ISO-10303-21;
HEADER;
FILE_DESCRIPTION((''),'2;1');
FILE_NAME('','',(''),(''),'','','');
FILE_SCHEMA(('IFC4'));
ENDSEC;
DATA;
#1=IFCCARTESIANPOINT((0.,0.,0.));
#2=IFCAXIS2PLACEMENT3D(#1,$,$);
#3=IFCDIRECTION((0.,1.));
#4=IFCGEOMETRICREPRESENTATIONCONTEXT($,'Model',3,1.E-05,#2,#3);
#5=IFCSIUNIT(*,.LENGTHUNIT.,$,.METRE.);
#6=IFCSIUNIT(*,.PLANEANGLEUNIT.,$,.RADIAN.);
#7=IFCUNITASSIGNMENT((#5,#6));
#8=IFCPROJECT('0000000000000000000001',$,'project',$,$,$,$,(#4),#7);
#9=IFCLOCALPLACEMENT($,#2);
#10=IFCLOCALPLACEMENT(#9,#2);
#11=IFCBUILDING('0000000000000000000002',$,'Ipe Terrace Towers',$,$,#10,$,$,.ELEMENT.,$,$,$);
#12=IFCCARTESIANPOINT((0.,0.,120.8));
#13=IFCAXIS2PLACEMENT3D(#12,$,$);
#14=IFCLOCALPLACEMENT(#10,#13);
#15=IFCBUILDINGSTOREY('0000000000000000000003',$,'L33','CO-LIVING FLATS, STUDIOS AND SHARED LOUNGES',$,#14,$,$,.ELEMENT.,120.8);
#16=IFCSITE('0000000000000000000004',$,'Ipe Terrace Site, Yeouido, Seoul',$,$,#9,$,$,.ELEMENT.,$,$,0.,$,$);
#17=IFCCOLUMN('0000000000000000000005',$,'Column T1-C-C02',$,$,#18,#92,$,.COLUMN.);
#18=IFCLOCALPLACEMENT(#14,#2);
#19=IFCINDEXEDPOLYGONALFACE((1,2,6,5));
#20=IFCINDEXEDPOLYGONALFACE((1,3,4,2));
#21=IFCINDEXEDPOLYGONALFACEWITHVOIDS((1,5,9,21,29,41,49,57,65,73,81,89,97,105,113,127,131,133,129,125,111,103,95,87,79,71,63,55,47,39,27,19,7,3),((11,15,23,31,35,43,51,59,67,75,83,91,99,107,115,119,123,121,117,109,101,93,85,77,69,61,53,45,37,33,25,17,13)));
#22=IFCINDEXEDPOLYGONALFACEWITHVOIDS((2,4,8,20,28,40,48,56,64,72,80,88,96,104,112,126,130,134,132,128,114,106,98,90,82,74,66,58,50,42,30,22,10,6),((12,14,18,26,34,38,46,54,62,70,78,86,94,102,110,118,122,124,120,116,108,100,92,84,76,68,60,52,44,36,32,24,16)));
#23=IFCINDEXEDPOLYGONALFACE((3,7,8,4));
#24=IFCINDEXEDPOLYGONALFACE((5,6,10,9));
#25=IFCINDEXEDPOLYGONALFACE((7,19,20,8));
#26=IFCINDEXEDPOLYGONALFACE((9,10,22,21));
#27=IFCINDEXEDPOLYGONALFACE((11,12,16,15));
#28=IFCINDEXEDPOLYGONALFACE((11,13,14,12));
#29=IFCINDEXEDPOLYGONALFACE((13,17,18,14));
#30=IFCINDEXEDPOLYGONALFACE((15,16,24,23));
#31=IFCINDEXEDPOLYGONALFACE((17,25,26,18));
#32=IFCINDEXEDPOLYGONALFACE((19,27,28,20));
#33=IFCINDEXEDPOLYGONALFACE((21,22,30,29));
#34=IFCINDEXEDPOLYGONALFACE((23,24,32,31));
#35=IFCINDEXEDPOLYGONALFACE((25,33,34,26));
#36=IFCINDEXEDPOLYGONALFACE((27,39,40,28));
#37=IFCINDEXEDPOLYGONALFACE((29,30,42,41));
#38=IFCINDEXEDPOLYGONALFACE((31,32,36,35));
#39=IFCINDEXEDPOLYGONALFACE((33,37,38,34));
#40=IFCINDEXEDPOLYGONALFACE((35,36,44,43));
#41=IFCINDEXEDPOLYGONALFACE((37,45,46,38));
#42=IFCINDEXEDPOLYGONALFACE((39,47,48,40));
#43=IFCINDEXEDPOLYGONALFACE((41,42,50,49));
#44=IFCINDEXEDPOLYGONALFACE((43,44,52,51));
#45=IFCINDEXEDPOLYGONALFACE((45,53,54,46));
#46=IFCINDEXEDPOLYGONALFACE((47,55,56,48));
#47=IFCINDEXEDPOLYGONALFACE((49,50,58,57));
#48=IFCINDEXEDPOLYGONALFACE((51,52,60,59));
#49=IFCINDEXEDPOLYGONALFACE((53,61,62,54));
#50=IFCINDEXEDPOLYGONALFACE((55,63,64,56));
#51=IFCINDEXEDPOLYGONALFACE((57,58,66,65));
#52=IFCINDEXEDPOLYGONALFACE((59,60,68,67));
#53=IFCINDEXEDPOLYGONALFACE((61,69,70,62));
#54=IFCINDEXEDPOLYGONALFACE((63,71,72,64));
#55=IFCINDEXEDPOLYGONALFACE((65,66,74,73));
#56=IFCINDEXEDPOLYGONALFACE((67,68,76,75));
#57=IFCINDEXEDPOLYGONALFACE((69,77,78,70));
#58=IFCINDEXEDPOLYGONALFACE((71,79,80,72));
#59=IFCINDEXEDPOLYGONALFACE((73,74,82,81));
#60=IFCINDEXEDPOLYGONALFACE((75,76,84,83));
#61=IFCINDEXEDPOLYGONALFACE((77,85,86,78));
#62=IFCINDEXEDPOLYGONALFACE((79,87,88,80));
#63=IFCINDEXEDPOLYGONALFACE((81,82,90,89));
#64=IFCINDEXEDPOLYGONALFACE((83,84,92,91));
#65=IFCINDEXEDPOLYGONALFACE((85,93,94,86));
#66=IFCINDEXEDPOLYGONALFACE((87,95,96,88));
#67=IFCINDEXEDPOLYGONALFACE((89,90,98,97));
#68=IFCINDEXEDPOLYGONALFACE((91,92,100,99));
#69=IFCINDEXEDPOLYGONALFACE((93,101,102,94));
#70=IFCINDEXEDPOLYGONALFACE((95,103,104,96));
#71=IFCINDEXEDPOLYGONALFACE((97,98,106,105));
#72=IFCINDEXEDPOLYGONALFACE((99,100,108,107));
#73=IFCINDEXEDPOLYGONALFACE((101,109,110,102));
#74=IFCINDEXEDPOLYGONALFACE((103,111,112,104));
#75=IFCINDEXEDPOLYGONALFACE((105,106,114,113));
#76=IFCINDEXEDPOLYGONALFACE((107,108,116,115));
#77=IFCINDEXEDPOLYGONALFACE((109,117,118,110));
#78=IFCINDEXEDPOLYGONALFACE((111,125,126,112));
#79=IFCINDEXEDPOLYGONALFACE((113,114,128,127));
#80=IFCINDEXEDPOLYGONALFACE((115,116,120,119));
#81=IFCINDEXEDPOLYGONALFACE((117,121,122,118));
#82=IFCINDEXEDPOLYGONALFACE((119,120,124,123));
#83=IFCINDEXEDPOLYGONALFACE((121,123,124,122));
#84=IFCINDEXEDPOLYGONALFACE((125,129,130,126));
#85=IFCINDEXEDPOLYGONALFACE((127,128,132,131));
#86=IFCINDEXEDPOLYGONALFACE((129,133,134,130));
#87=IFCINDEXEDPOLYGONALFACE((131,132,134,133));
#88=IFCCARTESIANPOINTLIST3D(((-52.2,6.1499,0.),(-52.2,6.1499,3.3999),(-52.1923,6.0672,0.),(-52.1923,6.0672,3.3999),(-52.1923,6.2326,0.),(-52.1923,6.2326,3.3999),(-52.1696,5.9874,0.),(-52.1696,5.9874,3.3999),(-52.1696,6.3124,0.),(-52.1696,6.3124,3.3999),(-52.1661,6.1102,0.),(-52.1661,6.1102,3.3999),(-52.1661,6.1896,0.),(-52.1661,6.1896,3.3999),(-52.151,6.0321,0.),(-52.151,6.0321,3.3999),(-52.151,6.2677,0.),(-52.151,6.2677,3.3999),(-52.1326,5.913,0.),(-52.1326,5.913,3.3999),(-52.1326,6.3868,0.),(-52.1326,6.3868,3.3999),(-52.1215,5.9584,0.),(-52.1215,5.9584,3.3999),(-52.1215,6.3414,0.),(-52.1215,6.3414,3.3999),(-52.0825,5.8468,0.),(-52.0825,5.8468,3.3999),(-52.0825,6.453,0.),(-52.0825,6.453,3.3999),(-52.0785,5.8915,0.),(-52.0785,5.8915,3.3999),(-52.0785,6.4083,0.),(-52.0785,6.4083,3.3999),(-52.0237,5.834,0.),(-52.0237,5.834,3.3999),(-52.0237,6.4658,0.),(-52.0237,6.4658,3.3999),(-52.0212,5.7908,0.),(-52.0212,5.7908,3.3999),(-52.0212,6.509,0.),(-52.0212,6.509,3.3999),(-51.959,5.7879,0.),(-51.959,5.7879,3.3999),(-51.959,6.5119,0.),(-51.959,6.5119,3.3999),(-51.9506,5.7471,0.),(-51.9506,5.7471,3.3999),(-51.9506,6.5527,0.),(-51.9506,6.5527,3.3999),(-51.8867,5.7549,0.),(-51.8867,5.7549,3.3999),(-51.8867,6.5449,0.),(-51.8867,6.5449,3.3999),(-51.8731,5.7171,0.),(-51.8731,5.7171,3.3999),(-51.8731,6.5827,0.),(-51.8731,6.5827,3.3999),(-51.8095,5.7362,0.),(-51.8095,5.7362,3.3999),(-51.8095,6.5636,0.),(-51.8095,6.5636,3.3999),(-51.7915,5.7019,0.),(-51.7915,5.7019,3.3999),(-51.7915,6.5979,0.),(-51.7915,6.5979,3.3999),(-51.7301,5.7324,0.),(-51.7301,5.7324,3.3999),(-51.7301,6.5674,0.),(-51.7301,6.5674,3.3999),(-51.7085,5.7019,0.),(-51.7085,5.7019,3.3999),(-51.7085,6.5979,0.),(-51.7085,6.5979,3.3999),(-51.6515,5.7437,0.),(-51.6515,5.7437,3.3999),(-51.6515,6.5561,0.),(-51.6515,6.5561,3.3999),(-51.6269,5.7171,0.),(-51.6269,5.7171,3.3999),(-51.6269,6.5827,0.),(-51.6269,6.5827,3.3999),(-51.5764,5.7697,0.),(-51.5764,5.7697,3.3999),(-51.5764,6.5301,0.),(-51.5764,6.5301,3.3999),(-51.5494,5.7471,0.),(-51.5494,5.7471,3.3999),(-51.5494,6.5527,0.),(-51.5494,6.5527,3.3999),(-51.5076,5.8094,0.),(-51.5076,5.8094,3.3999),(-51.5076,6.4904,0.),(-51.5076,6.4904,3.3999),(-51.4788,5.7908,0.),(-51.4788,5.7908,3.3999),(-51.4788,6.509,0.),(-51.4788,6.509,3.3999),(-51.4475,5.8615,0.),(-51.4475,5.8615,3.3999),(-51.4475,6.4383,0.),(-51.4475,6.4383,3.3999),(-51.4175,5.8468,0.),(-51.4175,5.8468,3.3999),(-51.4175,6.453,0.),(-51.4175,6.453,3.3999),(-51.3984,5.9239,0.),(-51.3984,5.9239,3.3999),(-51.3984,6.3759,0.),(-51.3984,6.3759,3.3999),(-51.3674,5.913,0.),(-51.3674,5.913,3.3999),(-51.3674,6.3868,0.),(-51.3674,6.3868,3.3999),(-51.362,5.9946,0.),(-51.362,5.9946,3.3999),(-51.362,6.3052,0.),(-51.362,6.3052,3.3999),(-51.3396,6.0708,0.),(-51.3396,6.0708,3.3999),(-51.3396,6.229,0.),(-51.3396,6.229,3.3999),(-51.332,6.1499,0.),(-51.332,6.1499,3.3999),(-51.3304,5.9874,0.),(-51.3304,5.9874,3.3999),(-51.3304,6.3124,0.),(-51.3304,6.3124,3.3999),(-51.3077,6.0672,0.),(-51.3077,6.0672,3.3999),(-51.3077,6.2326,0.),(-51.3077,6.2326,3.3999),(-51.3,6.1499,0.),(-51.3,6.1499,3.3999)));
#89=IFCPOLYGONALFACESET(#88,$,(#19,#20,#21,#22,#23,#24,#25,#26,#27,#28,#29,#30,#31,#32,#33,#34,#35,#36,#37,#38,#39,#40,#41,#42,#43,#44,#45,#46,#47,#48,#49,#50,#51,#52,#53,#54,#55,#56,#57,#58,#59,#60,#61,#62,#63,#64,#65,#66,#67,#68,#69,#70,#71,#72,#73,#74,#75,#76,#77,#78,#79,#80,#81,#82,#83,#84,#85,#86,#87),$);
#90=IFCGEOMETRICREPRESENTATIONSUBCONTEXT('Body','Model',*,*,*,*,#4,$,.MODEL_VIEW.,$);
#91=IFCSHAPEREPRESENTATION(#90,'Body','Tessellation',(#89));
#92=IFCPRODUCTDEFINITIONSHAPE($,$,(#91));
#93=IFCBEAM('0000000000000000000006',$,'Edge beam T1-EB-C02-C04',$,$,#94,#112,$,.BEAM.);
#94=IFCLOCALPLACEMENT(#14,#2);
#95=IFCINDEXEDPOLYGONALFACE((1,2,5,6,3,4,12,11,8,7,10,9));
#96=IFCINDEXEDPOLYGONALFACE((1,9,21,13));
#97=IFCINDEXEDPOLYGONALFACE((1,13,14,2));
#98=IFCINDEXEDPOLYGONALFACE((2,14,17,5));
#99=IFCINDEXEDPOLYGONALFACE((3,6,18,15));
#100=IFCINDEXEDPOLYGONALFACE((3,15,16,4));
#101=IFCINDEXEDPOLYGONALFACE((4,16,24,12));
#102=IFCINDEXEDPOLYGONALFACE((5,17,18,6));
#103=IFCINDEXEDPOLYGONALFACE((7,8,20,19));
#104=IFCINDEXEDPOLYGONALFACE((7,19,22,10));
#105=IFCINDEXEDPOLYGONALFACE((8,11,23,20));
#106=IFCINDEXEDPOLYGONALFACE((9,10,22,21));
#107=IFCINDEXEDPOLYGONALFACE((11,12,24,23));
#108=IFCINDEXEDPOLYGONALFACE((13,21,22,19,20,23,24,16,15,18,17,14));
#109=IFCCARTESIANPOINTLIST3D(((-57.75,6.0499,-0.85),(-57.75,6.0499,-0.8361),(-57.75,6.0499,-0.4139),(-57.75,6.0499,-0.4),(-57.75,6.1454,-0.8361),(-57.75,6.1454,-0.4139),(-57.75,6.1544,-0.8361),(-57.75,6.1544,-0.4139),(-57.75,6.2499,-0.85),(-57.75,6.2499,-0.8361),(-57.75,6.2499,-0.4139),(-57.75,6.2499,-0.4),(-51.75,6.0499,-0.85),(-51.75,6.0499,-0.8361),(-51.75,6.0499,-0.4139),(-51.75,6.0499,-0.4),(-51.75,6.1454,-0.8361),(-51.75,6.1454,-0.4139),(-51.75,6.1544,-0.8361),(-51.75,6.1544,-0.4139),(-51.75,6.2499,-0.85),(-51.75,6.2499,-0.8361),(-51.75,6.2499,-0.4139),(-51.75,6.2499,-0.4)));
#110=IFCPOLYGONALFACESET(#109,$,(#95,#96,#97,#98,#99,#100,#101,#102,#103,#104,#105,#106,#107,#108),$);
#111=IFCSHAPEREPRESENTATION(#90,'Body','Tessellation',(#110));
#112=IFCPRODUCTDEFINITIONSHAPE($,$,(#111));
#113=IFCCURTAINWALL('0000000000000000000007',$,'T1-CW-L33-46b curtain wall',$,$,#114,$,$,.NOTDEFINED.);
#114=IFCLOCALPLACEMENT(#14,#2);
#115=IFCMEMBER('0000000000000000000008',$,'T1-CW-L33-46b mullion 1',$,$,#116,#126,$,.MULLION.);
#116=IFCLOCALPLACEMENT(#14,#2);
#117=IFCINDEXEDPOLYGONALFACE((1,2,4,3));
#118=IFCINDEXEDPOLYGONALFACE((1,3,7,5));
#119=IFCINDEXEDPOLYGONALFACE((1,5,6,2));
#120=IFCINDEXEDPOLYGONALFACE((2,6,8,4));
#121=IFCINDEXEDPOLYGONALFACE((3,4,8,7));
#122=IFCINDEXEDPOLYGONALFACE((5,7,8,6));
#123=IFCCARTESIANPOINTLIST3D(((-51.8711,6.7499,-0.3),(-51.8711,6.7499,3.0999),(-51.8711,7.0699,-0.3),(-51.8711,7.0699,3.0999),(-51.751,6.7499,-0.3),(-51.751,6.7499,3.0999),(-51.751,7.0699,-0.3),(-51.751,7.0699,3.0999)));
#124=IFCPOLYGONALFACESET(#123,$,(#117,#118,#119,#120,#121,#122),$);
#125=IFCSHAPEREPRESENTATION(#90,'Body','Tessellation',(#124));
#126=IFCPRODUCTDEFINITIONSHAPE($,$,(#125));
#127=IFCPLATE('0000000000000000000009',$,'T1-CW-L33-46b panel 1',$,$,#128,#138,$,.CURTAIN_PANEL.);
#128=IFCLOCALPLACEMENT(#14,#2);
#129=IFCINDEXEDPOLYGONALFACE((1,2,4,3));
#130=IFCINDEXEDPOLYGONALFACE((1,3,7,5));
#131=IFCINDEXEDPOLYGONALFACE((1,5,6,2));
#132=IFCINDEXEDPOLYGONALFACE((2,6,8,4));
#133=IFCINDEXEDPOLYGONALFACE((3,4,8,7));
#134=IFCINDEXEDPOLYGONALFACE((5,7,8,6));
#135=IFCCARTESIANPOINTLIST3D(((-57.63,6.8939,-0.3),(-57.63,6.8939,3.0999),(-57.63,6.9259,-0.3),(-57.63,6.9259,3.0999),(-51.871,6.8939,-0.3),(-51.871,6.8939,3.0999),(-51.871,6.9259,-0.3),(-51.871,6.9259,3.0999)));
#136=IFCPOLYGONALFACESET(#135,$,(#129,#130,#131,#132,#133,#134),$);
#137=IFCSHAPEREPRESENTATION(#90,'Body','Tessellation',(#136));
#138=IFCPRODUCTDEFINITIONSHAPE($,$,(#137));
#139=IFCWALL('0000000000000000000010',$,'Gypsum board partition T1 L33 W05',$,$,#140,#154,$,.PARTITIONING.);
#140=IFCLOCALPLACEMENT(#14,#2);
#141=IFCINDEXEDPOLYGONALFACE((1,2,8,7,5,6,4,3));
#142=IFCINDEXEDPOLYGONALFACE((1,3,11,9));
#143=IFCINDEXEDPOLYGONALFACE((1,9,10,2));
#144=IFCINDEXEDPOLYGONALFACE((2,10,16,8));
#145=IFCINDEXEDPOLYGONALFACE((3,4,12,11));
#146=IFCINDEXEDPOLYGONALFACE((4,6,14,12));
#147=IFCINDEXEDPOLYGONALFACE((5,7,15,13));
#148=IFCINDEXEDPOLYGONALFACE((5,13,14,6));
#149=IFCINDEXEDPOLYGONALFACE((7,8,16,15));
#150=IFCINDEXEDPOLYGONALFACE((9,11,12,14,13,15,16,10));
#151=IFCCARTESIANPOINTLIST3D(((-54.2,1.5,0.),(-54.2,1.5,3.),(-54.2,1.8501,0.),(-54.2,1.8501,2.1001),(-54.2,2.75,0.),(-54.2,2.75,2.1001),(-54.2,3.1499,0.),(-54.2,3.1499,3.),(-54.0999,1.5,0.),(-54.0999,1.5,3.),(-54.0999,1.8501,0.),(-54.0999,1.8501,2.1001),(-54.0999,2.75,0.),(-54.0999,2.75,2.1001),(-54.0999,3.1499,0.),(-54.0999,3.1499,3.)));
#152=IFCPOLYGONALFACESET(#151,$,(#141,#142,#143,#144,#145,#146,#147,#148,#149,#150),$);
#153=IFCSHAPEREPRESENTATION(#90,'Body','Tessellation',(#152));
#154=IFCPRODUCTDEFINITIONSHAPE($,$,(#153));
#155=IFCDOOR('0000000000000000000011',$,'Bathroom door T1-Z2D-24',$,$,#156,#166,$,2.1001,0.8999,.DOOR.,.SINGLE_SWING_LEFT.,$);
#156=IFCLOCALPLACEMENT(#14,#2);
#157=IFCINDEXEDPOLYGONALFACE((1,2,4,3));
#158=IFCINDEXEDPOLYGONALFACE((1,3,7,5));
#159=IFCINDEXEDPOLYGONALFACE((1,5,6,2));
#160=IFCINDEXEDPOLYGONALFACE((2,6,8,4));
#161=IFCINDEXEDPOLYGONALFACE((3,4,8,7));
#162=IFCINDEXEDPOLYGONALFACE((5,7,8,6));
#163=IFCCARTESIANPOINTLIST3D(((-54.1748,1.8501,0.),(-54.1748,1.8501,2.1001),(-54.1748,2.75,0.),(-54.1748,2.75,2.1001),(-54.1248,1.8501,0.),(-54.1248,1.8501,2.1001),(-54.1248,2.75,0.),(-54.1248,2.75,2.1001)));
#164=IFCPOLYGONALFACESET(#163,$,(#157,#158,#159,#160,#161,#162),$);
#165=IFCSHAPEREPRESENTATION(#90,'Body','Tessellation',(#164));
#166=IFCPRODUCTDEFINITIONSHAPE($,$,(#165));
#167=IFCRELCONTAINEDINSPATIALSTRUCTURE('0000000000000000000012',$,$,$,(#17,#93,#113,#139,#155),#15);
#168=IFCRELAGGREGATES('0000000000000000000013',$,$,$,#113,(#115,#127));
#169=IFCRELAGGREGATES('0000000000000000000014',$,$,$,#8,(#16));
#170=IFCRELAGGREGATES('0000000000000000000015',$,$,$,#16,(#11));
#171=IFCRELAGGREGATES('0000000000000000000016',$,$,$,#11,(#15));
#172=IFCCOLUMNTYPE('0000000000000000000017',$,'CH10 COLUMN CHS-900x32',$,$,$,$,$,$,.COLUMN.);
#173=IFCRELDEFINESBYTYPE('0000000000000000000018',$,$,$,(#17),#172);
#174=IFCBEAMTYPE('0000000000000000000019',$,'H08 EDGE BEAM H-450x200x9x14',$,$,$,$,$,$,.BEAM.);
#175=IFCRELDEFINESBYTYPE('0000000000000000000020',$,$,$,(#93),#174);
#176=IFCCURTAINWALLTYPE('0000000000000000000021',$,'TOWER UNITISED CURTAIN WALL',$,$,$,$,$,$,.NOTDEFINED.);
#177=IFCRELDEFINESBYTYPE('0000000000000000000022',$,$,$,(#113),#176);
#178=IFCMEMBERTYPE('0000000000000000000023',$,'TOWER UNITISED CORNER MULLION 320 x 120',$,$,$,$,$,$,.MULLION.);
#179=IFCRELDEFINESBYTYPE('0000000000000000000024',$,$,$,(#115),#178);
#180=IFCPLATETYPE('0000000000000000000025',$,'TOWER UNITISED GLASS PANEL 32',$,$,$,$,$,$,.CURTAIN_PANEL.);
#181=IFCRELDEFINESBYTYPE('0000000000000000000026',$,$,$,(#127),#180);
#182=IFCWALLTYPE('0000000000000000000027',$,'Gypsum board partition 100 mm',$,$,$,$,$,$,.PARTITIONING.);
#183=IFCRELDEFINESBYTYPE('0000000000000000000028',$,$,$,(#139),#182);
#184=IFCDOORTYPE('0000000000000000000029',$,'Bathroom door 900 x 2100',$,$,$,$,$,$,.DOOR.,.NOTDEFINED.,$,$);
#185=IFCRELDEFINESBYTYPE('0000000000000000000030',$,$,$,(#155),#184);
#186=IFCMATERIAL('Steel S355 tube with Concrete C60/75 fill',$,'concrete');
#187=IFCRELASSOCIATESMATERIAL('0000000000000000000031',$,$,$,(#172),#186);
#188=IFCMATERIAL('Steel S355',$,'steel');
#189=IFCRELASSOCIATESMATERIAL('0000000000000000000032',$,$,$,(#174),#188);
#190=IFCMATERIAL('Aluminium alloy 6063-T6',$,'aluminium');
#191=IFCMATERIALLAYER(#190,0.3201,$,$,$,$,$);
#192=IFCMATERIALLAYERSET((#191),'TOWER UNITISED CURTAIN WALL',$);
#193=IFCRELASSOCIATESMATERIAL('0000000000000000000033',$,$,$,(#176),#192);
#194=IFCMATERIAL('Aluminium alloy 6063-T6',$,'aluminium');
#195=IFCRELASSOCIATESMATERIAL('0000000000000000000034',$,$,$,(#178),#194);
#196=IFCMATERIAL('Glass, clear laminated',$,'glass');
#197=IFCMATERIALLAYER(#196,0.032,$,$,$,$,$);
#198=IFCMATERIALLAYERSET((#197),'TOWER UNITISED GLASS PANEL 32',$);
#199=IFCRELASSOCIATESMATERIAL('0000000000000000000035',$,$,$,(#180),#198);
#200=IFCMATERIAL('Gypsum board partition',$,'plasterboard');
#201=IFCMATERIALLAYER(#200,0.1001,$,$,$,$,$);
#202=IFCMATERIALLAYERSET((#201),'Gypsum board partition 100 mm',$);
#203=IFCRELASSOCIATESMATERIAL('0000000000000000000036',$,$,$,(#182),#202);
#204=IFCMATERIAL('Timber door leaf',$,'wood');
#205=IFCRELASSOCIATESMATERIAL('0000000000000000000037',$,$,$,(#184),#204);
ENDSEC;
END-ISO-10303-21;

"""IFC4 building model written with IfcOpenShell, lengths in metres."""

from ifc_helpers import new_model, si_unit, direction, frame, frame_2d, origin, origin_2d, place, context, subcontext, project, spatial, rectangle, hollow_circle, i_section, extrude, material, layer, layer_set, material_profile, profile_set, type_object, element, fill, aggregate, save


model = new_model("IFC4")

# Units and contexts
model_context = context("Model", 3, precision=1e-05, world=origin(), true_north=direction((0.0, 1.0)))
body_context = subcontext(model_context, "Body", "Model", "MODEL_VIEW")
ifc_project = project(units=[si_unit("LENGTHUNIT", "METRE"), si_unit("PLANEANGLEUNIT", "RADIAN")], contexts=[model_context])

# Site, building, storey
site_placement = place(None, origin())
site = spatial("IfcSite", under=ifc_project, at=site_placement, Name="Ipe Terrace Site, Yeouido, Seoul", CompositionType="ELEMENT", RefElevation=0.0)
building_placement = place(site_placement, origin())
building = spatial("IfcBuilding", under=site, at=building_placement, Name="Ipe Terrace Towers", CompositionType="ELEMENT")
storey_placement = place(building_placement, frame((0.0, 0.0, 120.8)))
storey = spatial("IfcBuildingStorey", under=building, at=storey_placement, Name="L33", Description="CO-LIVING FLATS, STUDIOS AND SHARED LOUNGES", CompositionType="ELEMENT", Elevation=120.8)

# Column
ifc_material_1 = material(Name="Steel S355 tube with Concrete C60/75 fill", Category="concrete")
ifc_material_profile_1 = material_profile(ifc_material_1, hollow_circle(Radius=0.45, WallThickness=0.032, at=origin_2d()), Name="CHS-900x32")
ifc_profile_set_1 = profile_set([ifc_material_profile_1], Name="Steel S355 tube with Concrete C60/75 fill")
column_type = type_object("IfcColumnType", Name="CH10 COLUMN CHS-900x32", PredefinedType="COLUMN", material=ifc_profile_set_1)
column_placement = place(storey_placement, frame((-51.75, 6.1499, 0.0), z_axis=(0.0, 0.0, 1.0), x_axis=(1.0, 0.0, 0.0)))
element("IfcColumn", 1, at=column_placement, inside=storey, type_object=column_type, Name="Column T1-C-C02", PredefinedType="COLUMN", context=body_context, shape_type="SweptSolid", body=[
    extrude(hollow_circle(Radius=0.45, WallThickness=0.032, at=origin_2d()), origin(), (0.0, 0.0, 1.0), 3.3999),
])

# Beam
ifc_material_2 = material(Name="Steel S355", Category="steel")
ifc_material_profile_2 = material_profile(ifc_material_2, i_section(OverallWidth=0.2, OverallDepth=0.45, WebThickness=0.009, FlangeThickness=0.0139, at=origin_2d()), Name="H-450x200x9x14")
ifc_profile_set_2 = profile_set([ifc_material_profile_2], Name="Steel S355")
beam_type = type_object("IfcBeamType", Name="H08 EDGE BEAM H-450x200x9x14", PredefinedType="BEAM", material=ifc_profile_set_2)
beam_placement = place(storey_placement, frame((-51.75, 6.1499, -0.625), z_axis=(-1.0, 0.0, 0.0), x_axis=(0.0, -1.0, 0.0)))
element("IfcBeam", 2, at=beam_placement, inside=storey, type_object=beam_type, Name="Edge beam T1-EB-C02-C04", PredefinedType="BEAM", context=body_context, shape_type="SweptSolid", body=[
    extrude(i_section(OverallWidth=0.2, OverallDepth=0.45, WebThickness=0.009, FlangeThickness=0.0139, at=origin_2d()), origin(), (0.0, 0.0, 1.0), 6.0),
])

# Curtain wall, member, plate
ifc_material_3 = material(Name="Aluminium alloy 6063-T6", Category="aluminium")
ifc_layer_1 = layer(ifc_material_3, 0.3201)
ifc_layer_set_1 = layer_set([ifc_layer_1], Name="TOWER UNITISED CURTAIN WALL")
curtain_wall_type = type_object("IfcCurtainWallType", Name="TOWER UNITISED CURTAIN WALL", PredefinedType="NOTDEFINED", material=ifc_layer_set_1)
curtain_wall_placement = place(storey_placement, origin())
curtain_wall = element("IfcCurtainWall", 3, at=curtain_wall_placement, inside=storey, type_object=curtain_wall_type, Name="T1-CW-L33-46b curtain wall", PredefinedType="NOTDEFINED")
ifc_material_4 = material(Name="Aluminium alloy 6063-T6", Category="aluminium")
ifc_material_profile_3 = material_profile(ifc_material_4, rectangle(XDim=0.3201, YDim=0.1201, at=origin_2d()), Name="TOWER UNITISED CORNER MULLION 320 x 120")
ifc_profile_set_3 = profile_set([ifc_material_profile_3], Name="Aluminium alloy 6063-T6")
member_type = type_object("IfcMemberType", Name="TOWER UNITISED CORNER MULLION 320 x 120", PredefinedType="MULLION", material=ifc_profile_set_3)
member_placement = place(storey_placement, frame((-51.811, 6.9099, -0.3), z_axis=(0.0, 0.0, 1.0), x_axis=(0.0, 1.0, 0.0)))
member = element("IfcMember", 4, at=member_placement, type_object=member_type, Name="T1-CW-L33-46b mullion 1", PredefinedType="MULLION", context=body_context, shape_type="SweptSolid", body=[
    extrude(rectangle(XDim=0.3201, YDim=0.1201, at=origin_2d()), origin(), (0.0, 0.0, 1.0), 3.3999),
])
ifc_material_5 = material(Name="Glass, clear laminated", Category="glass")
ifc_layer_2 = layer(ifc_material_5, 0.032)
ifc_layer_set_2 = layer_set([ifc_layer_2], Name="TOWER UNITISED GLASS PANEL 32")
plate_type = type_object("IfcPlateType", Name="TOWER UNITISED GLASS PANEL 32", PredefinedType="CURTAIN_PANEL", material=ifc_layer_set_2)
plate_placement = place(storey_placement, frame((-54.7505, 6.9099, -0.3), z_axis=(0.0, 0.0, 1.0), x_axis=(-1.0, 0.0, 0.0)))
plate = element("IfcPlate", 5, at=plate_placement, type_object=plate_type, Name="T1-CW-L33-46b panel 1", PredefinedType="CURTAIN_PANEL", context=body_context, shape_type="SweptSolid", body=[
    extrude(rectangle(XDim=5.759, YDim=0.032, at=origin_2d()), origin(), (0.0, 0.0, 1.0), 3.3999),
])
aggregate(curtain_wall, [member, plate])

# Wall, opening, door
ifc_material_6 = material(Name="Gypsum board partition", Category="plasterboard")
ifc_layer_3 = layer(ifc_material_6, 0.1001)
ifc_layer_set_3 = layer_set([ifc_layer_3], Name="Gypsum board partition 100 mm")
wall_type_1 = type_object("IfcWallType", Name="Gypsum board partition 100 mm", PredefinedType="PARTITIONING", material=ifc_layer_set_3)
wall_1_placement = place(storey_placement, frame((-54.1499, 1.5, 0.0), z_axis=(0.0, 0.0, 1.0), x_axis=(0.0, 1.0, 0.0)))
wall_1 = element("IfcWall", 6, at=wall_1_placement, inside=storey, type_object=wall_type_1, Name="Gypsum board partition T1 L33 W05", PredefinedType="PARTITIONING", context=body_context, shape_type="SweptSolid", body=[
    extrude(rectangle(XDim=1.6499, YDim=0.1001, at=frame_2d((0.825, 0.0))), origin(), (0.0, 0.0, 1.0), 3.0),
])
opening_1_placement = place(wall_1_placement, frame((0.3501, 0.0, 0.0)))
opening_1 = element("IfcOpeningElement", 7, at=opening_1_placement, cuts=wall_1, PredefinedType="OPENING", context=body_context, shape_type="SweptSolid", body=[
    extrude(rectangle(XDim=0.8999, YDim=2.1001, at=frame_2d((0.45, 1.05))), frame((0.0, 0.0601, 0.0), z_axis=(0.0, -1.0, 0.0), x_axis=(1.0, 0.0, 0.0)), (0.0, 0.0, 1.0), 0.1201),
])
ifc_material_7 = material(Name="Timber door leaf", Category="wood")
door_type_1 = type_object("IfcDoorType", Name="Bathroom door 900 x 2100", OperationType="NOTDEFINED", PredefinedType="DOOR", material=ifc_material_7)
door_1_placement = place(opening_1_placement, origin())
door_1 = element("IfcDoor", 8, at=door_1_placement, inside=storey, type_object=door_type_1, Name="Bathroom door T1-Z2D-24", OperationType="SINGLE_SWING_LEFT", OverallHeight=2.1001, OverallWidth=0.8999, PredefinedType="DOOR", context=body_context, shape_type="SweptSolid", body=[
    extrude(rectangle(XDim=0.8999, YDim=2.1001, at=frame_2d((0.45, 1.05))), frame((0.0, 0.0249, 0.0), z_axis=(0.0, -1.0, 0.0), x_axis=(1.0, 0.0, 0.0)), (0.0, 0.0, 1.0), 0.05),
])
fill(opening_1, door_1)

save(model, "model.ifc")
